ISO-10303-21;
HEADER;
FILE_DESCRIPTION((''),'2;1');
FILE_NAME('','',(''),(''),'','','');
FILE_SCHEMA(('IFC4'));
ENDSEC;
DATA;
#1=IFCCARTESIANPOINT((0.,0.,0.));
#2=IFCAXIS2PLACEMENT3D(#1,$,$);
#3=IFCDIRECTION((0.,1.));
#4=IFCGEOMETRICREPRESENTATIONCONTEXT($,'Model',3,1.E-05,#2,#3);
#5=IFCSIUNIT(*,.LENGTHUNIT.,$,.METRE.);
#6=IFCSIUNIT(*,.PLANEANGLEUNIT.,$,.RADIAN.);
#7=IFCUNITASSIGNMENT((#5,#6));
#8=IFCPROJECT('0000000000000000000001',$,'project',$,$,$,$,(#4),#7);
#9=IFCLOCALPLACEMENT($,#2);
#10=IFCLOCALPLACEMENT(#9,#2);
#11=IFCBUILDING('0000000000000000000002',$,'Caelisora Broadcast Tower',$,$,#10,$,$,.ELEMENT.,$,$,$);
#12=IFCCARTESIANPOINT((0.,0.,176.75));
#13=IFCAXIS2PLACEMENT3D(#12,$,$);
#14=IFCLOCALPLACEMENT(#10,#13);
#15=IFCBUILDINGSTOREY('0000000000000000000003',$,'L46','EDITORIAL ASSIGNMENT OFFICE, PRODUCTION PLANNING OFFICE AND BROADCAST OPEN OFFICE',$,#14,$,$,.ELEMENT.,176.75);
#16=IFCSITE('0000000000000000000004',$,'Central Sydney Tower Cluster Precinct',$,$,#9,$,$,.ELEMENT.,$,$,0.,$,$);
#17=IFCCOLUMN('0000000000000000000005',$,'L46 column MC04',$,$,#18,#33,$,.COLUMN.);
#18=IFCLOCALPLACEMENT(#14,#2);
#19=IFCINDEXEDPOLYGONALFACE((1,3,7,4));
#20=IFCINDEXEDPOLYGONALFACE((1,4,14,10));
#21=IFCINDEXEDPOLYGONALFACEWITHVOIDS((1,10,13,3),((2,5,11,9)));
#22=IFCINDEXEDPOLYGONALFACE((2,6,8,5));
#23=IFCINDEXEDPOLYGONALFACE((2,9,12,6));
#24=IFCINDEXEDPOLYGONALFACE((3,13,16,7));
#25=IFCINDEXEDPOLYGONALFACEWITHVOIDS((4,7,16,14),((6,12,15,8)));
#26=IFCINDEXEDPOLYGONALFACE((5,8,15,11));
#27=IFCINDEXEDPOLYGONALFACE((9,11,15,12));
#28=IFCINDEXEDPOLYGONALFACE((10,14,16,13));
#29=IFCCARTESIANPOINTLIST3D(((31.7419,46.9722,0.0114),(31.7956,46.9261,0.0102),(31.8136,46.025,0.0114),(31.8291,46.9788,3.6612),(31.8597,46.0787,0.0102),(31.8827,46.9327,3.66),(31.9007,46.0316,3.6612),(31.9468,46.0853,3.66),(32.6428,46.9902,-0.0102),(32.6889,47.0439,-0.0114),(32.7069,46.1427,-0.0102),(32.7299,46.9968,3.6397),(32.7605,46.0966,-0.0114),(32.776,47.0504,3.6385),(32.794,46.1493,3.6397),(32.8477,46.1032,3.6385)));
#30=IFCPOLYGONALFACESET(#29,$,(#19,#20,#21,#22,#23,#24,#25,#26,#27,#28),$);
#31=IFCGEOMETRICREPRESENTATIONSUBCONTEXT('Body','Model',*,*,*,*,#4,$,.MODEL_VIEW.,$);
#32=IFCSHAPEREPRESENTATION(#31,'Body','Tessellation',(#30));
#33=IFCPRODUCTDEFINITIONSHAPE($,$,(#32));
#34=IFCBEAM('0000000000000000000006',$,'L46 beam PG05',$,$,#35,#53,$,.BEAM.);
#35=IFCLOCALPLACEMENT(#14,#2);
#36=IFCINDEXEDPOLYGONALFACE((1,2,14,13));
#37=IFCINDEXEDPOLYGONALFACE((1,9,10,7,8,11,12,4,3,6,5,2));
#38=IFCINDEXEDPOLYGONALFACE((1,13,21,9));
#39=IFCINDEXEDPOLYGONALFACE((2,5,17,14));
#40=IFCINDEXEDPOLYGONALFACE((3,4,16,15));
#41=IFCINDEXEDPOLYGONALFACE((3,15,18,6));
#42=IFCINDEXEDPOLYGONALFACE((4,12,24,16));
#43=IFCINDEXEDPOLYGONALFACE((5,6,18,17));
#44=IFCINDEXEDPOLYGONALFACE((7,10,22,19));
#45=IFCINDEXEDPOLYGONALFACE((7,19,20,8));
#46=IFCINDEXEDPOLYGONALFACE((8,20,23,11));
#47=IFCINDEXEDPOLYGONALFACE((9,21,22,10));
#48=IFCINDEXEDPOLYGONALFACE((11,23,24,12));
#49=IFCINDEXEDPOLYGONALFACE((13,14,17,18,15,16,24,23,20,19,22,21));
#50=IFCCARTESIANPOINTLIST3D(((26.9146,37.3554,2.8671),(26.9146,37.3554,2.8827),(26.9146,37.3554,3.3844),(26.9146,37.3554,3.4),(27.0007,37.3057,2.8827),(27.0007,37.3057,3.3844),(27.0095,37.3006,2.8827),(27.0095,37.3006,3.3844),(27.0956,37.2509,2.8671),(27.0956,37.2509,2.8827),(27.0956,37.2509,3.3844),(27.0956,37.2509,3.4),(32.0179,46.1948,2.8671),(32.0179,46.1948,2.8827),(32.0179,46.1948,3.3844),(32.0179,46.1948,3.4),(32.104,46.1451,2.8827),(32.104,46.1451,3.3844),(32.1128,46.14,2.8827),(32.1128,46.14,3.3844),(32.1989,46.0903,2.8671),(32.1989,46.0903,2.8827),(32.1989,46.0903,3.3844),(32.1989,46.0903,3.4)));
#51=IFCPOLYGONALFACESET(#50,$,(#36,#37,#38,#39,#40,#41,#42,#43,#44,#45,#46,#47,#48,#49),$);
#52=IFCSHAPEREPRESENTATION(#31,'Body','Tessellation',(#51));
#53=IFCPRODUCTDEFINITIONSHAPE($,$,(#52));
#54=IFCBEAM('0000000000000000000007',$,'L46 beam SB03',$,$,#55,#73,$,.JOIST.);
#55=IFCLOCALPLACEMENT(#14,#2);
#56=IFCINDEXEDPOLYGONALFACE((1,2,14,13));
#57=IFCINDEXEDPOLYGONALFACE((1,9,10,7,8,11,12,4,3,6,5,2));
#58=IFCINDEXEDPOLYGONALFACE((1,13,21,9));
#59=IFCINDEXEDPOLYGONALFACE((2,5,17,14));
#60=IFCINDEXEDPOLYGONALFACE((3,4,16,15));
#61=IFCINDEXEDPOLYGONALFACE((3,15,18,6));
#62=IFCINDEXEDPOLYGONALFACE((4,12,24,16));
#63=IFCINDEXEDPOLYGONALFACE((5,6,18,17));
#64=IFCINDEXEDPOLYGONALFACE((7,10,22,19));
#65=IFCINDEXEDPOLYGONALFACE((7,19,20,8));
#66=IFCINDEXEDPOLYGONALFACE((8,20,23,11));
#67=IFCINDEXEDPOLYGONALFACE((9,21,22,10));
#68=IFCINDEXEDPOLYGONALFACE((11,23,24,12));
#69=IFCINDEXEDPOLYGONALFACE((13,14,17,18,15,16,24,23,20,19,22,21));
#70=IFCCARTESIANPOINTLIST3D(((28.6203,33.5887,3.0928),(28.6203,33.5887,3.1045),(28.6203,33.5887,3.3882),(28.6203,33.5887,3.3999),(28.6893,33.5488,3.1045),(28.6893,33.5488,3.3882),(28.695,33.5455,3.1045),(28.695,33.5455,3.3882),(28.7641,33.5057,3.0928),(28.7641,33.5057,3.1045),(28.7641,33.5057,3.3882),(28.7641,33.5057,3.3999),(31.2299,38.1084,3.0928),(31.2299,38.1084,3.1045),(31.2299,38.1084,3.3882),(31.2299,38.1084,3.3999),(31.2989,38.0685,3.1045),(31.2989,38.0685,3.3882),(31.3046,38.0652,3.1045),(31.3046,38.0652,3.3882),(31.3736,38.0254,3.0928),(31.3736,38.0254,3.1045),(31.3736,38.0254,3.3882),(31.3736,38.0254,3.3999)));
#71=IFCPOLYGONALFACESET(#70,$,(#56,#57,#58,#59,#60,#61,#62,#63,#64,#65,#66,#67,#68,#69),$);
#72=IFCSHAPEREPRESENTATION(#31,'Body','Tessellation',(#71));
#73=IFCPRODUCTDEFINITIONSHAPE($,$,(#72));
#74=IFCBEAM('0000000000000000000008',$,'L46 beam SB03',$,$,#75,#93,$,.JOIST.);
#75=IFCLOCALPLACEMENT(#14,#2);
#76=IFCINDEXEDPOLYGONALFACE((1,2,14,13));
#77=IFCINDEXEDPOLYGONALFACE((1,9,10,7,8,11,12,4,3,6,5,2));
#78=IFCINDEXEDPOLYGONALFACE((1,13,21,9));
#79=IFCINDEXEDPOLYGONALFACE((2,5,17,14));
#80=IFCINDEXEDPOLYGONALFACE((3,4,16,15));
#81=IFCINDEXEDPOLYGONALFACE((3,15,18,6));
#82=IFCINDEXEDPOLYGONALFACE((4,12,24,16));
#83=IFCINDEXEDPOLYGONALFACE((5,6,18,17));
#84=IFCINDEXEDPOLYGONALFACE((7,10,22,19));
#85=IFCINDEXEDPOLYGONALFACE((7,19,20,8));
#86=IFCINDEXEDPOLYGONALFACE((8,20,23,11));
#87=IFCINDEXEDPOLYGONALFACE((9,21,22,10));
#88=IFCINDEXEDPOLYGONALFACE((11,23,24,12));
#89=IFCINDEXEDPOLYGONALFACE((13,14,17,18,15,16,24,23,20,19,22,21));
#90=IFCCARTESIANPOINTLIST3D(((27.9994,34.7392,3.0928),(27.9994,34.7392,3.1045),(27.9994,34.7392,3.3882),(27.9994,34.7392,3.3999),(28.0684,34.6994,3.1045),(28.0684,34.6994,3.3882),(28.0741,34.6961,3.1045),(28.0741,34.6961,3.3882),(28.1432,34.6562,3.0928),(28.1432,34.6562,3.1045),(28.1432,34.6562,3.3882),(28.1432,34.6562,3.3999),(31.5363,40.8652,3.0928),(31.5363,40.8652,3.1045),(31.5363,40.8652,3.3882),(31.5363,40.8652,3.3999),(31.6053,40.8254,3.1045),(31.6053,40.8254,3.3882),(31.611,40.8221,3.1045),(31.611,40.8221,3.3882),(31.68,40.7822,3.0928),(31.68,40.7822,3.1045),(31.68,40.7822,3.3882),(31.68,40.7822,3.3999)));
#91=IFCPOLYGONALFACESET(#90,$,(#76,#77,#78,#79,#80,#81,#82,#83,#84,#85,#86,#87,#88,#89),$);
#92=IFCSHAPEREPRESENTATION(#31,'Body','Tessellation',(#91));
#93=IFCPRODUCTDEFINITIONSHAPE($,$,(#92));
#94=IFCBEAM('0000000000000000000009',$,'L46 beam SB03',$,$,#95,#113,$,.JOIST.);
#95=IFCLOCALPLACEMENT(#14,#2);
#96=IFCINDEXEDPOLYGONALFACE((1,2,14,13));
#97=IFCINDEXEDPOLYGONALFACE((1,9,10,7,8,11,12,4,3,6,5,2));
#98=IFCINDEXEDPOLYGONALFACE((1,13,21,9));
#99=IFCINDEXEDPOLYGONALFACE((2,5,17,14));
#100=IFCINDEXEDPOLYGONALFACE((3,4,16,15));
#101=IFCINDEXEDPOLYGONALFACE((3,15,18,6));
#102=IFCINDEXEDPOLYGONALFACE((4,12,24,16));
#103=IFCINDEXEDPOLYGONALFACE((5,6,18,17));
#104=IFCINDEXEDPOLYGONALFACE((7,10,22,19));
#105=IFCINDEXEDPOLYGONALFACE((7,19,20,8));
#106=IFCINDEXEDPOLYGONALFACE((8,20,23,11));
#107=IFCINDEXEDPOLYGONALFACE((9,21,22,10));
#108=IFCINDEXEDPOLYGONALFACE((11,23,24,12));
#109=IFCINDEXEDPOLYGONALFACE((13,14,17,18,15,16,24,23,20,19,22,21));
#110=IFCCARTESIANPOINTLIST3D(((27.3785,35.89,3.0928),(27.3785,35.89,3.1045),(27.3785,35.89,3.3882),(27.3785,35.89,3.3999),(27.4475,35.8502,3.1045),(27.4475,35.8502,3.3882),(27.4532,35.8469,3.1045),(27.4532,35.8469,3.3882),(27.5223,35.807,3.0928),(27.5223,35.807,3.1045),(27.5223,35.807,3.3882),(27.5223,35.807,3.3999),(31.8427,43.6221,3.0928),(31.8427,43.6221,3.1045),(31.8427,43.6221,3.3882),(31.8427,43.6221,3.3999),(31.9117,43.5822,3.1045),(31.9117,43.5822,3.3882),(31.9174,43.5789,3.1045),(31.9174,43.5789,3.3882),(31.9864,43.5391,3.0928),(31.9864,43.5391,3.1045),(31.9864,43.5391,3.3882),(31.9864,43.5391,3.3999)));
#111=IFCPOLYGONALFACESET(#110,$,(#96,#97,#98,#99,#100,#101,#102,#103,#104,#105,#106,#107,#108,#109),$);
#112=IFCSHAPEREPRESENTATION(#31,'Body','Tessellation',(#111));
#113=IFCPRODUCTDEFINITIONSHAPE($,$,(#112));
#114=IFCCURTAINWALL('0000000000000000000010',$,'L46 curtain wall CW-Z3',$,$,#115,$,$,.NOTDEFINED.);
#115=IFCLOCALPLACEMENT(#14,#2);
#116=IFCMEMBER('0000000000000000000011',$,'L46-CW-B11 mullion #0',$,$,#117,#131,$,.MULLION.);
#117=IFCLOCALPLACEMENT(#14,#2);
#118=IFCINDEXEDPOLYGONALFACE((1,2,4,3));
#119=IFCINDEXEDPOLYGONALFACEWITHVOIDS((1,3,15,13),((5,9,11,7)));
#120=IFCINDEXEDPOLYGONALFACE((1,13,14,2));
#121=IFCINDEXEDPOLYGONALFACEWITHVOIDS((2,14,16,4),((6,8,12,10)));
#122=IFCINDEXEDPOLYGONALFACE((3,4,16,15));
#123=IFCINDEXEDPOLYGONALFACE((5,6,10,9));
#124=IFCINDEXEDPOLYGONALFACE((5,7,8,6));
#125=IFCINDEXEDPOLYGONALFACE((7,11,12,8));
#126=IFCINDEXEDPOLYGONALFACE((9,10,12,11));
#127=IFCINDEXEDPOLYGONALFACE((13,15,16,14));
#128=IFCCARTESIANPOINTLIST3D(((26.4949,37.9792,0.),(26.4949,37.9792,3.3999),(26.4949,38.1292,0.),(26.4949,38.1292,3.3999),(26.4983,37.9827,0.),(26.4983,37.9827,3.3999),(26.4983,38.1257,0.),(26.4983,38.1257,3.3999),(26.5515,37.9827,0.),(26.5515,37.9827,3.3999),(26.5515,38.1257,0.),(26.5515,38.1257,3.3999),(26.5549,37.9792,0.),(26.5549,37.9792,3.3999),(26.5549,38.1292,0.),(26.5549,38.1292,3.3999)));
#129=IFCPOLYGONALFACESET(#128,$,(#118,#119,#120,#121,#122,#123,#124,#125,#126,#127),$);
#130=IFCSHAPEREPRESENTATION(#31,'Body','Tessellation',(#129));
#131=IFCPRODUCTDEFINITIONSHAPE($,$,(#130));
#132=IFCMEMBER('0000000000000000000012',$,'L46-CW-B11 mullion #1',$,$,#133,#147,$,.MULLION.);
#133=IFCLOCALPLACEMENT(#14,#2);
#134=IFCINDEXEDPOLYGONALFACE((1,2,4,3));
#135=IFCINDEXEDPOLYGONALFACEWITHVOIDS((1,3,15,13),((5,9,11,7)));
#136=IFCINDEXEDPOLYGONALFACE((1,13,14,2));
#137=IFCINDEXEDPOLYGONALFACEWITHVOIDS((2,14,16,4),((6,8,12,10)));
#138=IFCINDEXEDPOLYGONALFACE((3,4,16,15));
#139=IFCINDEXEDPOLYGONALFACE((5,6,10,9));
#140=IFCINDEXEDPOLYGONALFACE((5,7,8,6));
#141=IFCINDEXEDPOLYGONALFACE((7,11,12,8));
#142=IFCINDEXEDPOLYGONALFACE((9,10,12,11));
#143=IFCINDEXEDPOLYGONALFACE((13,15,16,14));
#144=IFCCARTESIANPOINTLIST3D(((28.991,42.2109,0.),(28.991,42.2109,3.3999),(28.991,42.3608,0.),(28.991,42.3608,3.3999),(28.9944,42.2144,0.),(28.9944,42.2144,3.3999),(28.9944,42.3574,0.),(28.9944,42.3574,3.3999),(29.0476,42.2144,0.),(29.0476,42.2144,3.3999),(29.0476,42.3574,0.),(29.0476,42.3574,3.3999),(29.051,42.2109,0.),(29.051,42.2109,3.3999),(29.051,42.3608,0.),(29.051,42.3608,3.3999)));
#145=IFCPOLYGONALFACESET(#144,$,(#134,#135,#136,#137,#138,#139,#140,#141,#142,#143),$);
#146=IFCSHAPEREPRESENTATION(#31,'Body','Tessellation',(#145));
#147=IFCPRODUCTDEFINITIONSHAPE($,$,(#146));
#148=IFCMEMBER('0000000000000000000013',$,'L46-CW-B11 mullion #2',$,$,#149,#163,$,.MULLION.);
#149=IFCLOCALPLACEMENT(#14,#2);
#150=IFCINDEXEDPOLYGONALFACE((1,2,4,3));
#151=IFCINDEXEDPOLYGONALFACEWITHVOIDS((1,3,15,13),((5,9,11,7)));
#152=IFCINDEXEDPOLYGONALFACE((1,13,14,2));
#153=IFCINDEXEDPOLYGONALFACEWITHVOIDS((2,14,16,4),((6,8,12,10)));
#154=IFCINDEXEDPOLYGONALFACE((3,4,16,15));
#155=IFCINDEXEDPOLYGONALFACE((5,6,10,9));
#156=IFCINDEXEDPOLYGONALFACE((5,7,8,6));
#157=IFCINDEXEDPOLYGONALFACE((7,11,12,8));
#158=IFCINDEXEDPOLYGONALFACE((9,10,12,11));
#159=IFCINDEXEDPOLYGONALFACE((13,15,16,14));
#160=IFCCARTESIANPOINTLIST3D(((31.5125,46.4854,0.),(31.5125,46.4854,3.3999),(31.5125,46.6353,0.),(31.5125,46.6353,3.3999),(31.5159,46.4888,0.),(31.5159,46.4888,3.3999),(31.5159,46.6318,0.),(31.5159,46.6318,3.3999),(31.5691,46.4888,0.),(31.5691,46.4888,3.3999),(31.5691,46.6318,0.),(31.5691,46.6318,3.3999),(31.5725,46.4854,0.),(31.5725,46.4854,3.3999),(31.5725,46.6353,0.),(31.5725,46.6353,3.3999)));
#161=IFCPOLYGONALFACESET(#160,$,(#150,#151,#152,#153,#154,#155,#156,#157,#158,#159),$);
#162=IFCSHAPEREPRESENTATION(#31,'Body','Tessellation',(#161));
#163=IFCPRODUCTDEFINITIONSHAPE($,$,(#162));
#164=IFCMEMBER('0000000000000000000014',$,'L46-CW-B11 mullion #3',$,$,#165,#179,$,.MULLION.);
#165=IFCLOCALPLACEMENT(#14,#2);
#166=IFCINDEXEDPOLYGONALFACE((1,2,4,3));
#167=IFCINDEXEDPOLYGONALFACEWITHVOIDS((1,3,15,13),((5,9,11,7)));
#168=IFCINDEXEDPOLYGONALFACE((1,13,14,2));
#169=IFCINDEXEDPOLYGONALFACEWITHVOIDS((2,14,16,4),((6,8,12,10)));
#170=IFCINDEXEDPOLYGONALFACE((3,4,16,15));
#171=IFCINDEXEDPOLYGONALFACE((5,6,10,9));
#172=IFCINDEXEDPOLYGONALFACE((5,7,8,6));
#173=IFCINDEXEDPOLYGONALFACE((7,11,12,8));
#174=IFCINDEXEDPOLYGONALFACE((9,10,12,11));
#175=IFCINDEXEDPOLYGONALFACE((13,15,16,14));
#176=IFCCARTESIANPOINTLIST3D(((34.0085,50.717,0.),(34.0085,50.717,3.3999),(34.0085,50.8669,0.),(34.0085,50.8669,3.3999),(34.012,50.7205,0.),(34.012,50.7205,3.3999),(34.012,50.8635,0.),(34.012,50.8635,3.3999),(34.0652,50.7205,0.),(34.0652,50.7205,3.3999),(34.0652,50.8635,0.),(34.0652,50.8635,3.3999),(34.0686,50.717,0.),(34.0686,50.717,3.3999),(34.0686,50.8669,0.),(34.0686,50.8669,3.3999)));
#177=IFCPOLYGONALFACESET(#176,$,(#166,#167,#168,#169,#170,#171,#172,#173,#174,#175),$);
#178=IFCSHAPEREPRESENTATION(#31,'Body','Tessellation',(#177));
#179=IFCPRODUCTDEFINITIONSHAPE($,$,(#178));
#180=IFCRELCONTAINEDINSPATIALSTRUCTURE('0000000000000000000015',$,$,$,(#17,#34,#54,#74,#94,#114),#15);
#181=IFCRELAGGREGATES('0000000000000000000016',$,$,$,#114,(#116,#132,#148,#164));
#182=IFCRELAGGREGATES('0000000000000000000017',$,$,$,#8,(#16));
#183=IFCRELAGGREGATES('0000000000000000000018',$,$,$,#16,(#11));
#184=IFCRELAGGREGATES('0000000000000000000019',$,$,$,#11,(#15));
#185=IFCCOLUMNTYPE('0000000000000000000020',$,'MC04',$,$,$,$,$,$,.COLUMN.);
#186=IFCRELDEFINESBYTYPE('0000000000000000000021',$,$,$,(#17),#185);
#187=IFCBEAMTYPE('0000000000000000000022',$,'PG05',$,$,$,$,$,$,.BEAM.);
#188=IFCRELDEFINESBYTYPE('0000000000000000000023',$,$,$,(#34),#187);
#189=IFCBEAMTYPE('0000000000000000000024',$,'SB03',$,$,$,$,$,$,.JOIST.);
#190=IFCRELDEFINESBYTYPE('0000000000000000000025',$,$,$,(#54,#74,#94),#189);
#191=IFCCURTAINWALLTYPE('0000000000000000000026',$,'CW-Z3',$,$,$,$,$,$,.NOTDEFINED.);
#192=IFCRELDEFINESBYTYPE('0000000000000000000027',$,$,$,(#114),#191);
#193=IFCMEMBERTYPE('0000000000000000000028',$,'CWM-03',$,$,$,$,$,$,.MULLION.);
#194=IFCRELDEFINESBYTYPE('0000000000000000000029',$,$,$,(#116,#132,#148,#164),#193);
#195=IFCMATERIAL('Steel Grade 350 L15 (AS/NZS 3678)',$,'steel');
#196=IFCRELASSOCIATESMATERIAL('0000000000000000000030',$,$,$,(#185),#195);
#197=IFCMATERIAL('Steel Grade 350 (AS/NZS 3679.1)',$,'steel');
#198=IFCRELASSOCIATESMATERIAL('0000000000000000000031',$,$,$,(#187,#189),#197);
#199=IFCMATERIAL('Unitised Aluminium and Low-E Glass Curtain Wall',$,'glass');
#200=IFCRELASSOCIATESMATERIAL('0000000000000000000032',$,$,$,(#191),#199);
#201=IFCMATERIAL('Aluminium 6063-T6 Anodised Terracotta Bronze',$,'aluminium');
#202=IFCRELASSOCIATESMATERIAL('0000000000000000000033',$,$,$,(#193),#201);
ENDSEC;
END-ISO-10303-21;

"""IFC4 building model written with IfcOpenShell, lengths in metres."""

from ifc_helpers import new_model, si_unit, direction, frame, origin, origin_2d, place, context, subcontext, project, spatial, hollow_rectangle, i_section, extrude, source, transform, mapped, material, material_profile, profile_set, type_object, type_shapes, element, aggregate, save


model = new_model("IFC4")

# Units and contexts
model_context = context("Model", 3, precision=1e-05, world=origin(), true_north=direction((0.0, 1.0)))
body_context = subcontext(model_context, "Body", "Model", "MODEL_VIEW")
ifc_project = project(units=[si_unit("LENGTHUNIT", "METRE"), si_unit("PLANEANGLEUNIT", "RADIAN")], contexts=[model_context])

# Site, building, storey
site_placement = place(None, origin())
site = spatial("IfcSite", under=ifc_project, at=site_placement, Name="Central Sydney Tower Cluster Precinct", CompositionType="ELEMENT", RefElevation=0.0)
building_placement = place(site_placement, origin())
building = spatial("IfcBuilding", under=site, at=building_placement, Name="Caelisora Broadcast Tower", CompositionType="ELEMENT")
storey_placement = place(building_placement, frame((0.0, 0.0, 176.75)))
storey = spatial("IfcBuildingStorey", under=building, at=storey_placement, Name="L46", Description="EDITORIAL ASSIGNMENT OFFICE, PRODUCTION PLANNING OFFICE AND BROADCAST OPEN OFFICE", CompositionType="ELEMENT", Elevation=176.75)

# Column
ifc_material_1 = material(Name="Steel Grade 350 L15 (AS/NZS 3678)", Category="steel")
ifc_material_profile_1 = material_profile(ifc_material_1, hollow_rectangle(XDim=0.95, YDim=0.95, WallThickness=0.05, at=origin_2d()), Name="Steel Grade 350 L15 (AS/NZS 3678)")
ifc_profile_set_1 = profile_set([ifc_material_profile_1], Name="Steel Grade 350 L15 (AS/NZS 3678)")
column_type = type_object("IfcColumnType", Name="MC04", PredefinedType="COLUMN", material=ifc_profile_set_1)
shared_shape_1 = source(origin(), body_context, "Body", "SweptSolid", [
    extrude(hollow_rectangle(XDim=0.95, YDim=0.95, WallThickness=0.05, at=origin_2d()), origin(), (0.0, 0.0, 1.0), 3.6509),
])
type_shapes(column_type, [shared_shape_1])
column_placement = place(storey_placement, frame((32.2512, 46.5344, 0.0), z_axis=(0.023873, 0.001806, 0.999713), x_axis=(-0.075415, 0.997152, 0.0)))
element("IfcColumn", 1, at=column_placement, inside=storey, type_object=column_type, Name="L46 column MC04", PredefinedType="COLUMN", context=body_context, shape_type="MappedRepresentation", body=[
    mapped(shared_shape_1, transform((0.0, 0.0, 0.0), scale=1.0)),
])

# Beams
ifc_material_2 = material(Name="Steel Grade 350 (AS/NZS 3679.1)", Category="steel")
ifc_material_profile_2 = material_profile(ifc_material_2, i_section(OverallWidth=0.209, OverallDepth=0.533, WebThickness=0.0103, FlangeThickness=0.0156, at=origin_2d()), Name="Steel Grade 350 (AS/NZS 3679.1)")
ifc_profile_set_2 = profile_set([ifc_material_profile_2], Name="Steel Grade 350 (AS/NZS 3679.1)")
beam_type_1 = type_object("IfcBeamType", Name="PG05", PredefinedType="BEAM", material=ifc_profile_set_2)
shared_shape_2 = source(origin(), body_context, "Body", "SweptSolid", [
    extrude(i_section(OverallWidth=0.209, OverallDepth=0.533, WebThickness=0.0103, FlangeThickness=0.0156, at=origin_2d()), origin(), (0.0, 0.0, 1.0), 10.2068),
])
type_shapes(beam_type_1, [shared_shape_2])
beam_1_placement = place(storey_placement, frame((32.1084, 46.1426, 3.1335), z_axis=(-0.49999, -0.866031, 0.0), x_axis=(0.866031, -0.49999, 0.0)))
element("IfcBeam", 2, at=beam_1_placement, inside=storey, type_object=beam_type_1, Name="L46 beam PG05", PredefinedType="BEAM", context=body_context, shape_type="MappedRepresentation", body=[
    mapped(shared_shape_2, transform((0.0, 0.0, 0.0), scale=1.0)),
])
ifc_material_profile_3 = material_profile(ifc_material_2, i_section(OverallWidth=0.166, OverallDepth=0.3071, WebThickness=0.0066, FlangeThickness=0.0117, at=origin_2d()), Name="Steel Grade 350 (AS/NZS 3679.1)")
ifc_profile_set_3 = profile_set([ifc_material_profile_3], Name="Steel Grade 350 (AS/NZS 3679.1)")
beam_type_2 = type_object("IfcBeamType", Name="SB03", PredefinedType="JOIST", material=ifc_profile_set_3)
shared_shape_3 = source(origin(), body_context, "Body", "SweptSolid", [
    extrude(i_section(OverallWidth=0.166, OverallDepth=0.3071, WebThickness=0.0066, FlangeThickness=0.0117, at=origin_2d()), origin(), (0.0, 0.0, 1.0), 5.219),
])
beam_2_placement = place(storey_placement, frame((31.3018, 38.0669, 3.2463), z_axis=(-0.500018, -0.866015, 0.0), x_axis=(0.866015, -0.500018, 0.0)))
element("IfcBeam", 3, at=beam_2_placement, inside=storey, type_object=beam_type_2, Name="L46 beam SB03", PredefinedType="JOIST", context=body_context, shape_type="MappedRepresentation", body=[
    mapped(shared_shape_3, transform((0.0, 0.0, 0.0), scale=1.0)),
])
shared_shape_4 = source(origin(), body_context, "Body", "SweptSolid", [
    extrude(i_section(OverallWidth=0.166, OverallDepth=0.3071, WebThickness=0.0066, FlangeThickness=0.0117, at=origin_2d()), origin(), (0.0, 0.0, 1.0), 7.0737),
])
beam_3_placement = place(storey_placement, frame((31.6082, 40.8237, 3.2463), z_axis=(-0.500003, -0.866024, 0.0), x_axis=(0.866024, -0.500003, 0.0)))
element("IfcBeam", 4, at=beam_3_placement, inside=storey, type_object=beam_type_2, Name="L46 beam SB03", PredefinedType="JOIST", context=body_context, shape_type="MappedRepresentation", body=[
    mapped(shared_shape_4, transform((0.0, 0.0, 0.0), scale=1.0)),
])
shared_shape_5 = source(origin(), body_context, "Body", "SweptSolid", [
    extrude(i_section(OverallWidth=0.166, OverallDepth=0.3071, WebThickness=0.0066, FlangeThickness=0.0117, at=origin_2d()), origin(), (0.0, 0.0, 1.0), 8.9282),
])
type_shapes(beam_type_2, [shared_shape_3, shared_shape_4, shared_shape_5])
beam_4_placement = place(storey_placement, frame((31.9146, 43.5806, 3.2463), z_axis=(-0.500007, -0.866022, 0.0), x_axis=(0.866022, -0.500007, 0.0)))
element("IfcBeam", 5, at=beam_4_placement, inside=storey, type_object=beam_type_2, Name="L46 beam SB03", PredefinedType="JOIST", context=body_context, shape_type="MappedRepresentation", body=[
    mapped(shared_shape_5, transform((0.0, 0.0, 0.0), scale=1.0)),
])

# Curtain wall, members
ifc_material_3 = material(Name="Unitised Aluminium and Low-E Glass Curtain Wall", Category="glass")
curtain_wall_type = type_object("IfcCurtainWallType", Name="CW-Z3", PredefinedType="NOTDEFINED", material=ifc_material_3)
curtain_wall_placement = place(storey_placement, origin())
curtain_wall = element("IfcCurtainWall", 6, at=curtain_wall_placement, inside=storey, type_object=curtain_wall_type, Name="L46 curtain wall CW-Z3", PredefinedType="NOTDEFINED")
ifc_material_4 = material(Name="Aluminium 6063-T6 Anodised Terracotta Bronze", Category="aluminium")
ifc_material_profile_4 = material_profile(ifc_material_4, hollow_rectangle(XDim=0.0601, YDim=0.1499, WallThickness=0.0034, at=origin_2d()), Name="Aluminium 6063-T6 Anodised Terracotta Bronze")
ifc_profile_set_4 = profile_set([ifc_material_profile_4], Name="Aluminium 6063-T6 Anodised Terracotta Bronze")
member_type_1 = type_object("IfcMemberType", Name="CWM-03", PredefinedType="MULLION", material=ifc_profile_set_4)
shared_shape_6 = source(origin(), body_context, "Body", "SweptSolid", [
    extrude(hollow_rectangle(XDim=0.0601, YDim=0.1499, WallThickness=0.0034, at=origin_2d()), origin(), (0.0, 0.0, 1.0), 3.3999),
])
type_shapes(member_type_1, [shared_shape_6])
member_1_placement = place(storey_placement, frame((26.5249, 38.0542, 0.0), z_axis=(0.0, 0.0, 1.0), x_axis=(1.0, 0.0, 0.0)))
member_1 = element("IfcMember", 7, at=member_1_placement, type_object=member_type_1, Name="L46-CW-B11 mullion #0", PredefinedType="MULLION", context=body_context, shape_type="MappedRepresentation", body=[
    mapped(shared_shape_6, transform((0.0, 0.0, 0.0), scale=1.0)),
])
member_2_placement = place(storey_placement, frame((29.021, 42.2859, 0.0), z_axis=(0.0, 0.0, 1.0), x_axis=(1.0, 0.0, 0.0)))
member_2 = element("IfcMember", 8, at=member_2_placement, type_object=member_type_1, Name="L46-CW-B11 mullion #1", PredefinedType="MULLION", context=body_context, shape_type="MappedRepresentation", body=[
    mapped(shared_shape_6, transform((0.0, 0.0, 0.0), scale=1.0)),
])
member_3_placement = place(storey_placement, frame((31.5425, 46.5603, 0.0), z_axis=(0.0, 0.0, 1.0), x_axis=(1.0, 0.0, 0.0)))
member_3 = element("IfcMember", 9, at=member_3_placement, type_object=member_type_1, Name="L46-CW-B11 mullion #2", PredefinedType="MULLION", context=body_context, shape_type="MappedRepresentation", body=[
    mapped(shared_shape_6, transform((0.0, 0.0, 0.0), scale=1.0)),
])
member_4_placement = place(storey_placement, frame((34.0386, 50.792, 0.0), z_axis=(0.0, 0.0, 1.0), x_axis=(1.0, 0.0, 0.0)))
member_4 = element("IfcMember", 10, at=member_4_placement, type_object=member_type_1, Name="L46-CW-B11 mullion #3", PredefinedType="MULLION", context=body_context, shape_type="MappedRepresentation", body=[
    mapped(shared_shape_6, transform((0.0, 0.0, 0.0), scale=1.0)),
])
aggregate(curtain_wall, [member_1, member_2, member_3, member_4])

save(model, "model.ifc")
